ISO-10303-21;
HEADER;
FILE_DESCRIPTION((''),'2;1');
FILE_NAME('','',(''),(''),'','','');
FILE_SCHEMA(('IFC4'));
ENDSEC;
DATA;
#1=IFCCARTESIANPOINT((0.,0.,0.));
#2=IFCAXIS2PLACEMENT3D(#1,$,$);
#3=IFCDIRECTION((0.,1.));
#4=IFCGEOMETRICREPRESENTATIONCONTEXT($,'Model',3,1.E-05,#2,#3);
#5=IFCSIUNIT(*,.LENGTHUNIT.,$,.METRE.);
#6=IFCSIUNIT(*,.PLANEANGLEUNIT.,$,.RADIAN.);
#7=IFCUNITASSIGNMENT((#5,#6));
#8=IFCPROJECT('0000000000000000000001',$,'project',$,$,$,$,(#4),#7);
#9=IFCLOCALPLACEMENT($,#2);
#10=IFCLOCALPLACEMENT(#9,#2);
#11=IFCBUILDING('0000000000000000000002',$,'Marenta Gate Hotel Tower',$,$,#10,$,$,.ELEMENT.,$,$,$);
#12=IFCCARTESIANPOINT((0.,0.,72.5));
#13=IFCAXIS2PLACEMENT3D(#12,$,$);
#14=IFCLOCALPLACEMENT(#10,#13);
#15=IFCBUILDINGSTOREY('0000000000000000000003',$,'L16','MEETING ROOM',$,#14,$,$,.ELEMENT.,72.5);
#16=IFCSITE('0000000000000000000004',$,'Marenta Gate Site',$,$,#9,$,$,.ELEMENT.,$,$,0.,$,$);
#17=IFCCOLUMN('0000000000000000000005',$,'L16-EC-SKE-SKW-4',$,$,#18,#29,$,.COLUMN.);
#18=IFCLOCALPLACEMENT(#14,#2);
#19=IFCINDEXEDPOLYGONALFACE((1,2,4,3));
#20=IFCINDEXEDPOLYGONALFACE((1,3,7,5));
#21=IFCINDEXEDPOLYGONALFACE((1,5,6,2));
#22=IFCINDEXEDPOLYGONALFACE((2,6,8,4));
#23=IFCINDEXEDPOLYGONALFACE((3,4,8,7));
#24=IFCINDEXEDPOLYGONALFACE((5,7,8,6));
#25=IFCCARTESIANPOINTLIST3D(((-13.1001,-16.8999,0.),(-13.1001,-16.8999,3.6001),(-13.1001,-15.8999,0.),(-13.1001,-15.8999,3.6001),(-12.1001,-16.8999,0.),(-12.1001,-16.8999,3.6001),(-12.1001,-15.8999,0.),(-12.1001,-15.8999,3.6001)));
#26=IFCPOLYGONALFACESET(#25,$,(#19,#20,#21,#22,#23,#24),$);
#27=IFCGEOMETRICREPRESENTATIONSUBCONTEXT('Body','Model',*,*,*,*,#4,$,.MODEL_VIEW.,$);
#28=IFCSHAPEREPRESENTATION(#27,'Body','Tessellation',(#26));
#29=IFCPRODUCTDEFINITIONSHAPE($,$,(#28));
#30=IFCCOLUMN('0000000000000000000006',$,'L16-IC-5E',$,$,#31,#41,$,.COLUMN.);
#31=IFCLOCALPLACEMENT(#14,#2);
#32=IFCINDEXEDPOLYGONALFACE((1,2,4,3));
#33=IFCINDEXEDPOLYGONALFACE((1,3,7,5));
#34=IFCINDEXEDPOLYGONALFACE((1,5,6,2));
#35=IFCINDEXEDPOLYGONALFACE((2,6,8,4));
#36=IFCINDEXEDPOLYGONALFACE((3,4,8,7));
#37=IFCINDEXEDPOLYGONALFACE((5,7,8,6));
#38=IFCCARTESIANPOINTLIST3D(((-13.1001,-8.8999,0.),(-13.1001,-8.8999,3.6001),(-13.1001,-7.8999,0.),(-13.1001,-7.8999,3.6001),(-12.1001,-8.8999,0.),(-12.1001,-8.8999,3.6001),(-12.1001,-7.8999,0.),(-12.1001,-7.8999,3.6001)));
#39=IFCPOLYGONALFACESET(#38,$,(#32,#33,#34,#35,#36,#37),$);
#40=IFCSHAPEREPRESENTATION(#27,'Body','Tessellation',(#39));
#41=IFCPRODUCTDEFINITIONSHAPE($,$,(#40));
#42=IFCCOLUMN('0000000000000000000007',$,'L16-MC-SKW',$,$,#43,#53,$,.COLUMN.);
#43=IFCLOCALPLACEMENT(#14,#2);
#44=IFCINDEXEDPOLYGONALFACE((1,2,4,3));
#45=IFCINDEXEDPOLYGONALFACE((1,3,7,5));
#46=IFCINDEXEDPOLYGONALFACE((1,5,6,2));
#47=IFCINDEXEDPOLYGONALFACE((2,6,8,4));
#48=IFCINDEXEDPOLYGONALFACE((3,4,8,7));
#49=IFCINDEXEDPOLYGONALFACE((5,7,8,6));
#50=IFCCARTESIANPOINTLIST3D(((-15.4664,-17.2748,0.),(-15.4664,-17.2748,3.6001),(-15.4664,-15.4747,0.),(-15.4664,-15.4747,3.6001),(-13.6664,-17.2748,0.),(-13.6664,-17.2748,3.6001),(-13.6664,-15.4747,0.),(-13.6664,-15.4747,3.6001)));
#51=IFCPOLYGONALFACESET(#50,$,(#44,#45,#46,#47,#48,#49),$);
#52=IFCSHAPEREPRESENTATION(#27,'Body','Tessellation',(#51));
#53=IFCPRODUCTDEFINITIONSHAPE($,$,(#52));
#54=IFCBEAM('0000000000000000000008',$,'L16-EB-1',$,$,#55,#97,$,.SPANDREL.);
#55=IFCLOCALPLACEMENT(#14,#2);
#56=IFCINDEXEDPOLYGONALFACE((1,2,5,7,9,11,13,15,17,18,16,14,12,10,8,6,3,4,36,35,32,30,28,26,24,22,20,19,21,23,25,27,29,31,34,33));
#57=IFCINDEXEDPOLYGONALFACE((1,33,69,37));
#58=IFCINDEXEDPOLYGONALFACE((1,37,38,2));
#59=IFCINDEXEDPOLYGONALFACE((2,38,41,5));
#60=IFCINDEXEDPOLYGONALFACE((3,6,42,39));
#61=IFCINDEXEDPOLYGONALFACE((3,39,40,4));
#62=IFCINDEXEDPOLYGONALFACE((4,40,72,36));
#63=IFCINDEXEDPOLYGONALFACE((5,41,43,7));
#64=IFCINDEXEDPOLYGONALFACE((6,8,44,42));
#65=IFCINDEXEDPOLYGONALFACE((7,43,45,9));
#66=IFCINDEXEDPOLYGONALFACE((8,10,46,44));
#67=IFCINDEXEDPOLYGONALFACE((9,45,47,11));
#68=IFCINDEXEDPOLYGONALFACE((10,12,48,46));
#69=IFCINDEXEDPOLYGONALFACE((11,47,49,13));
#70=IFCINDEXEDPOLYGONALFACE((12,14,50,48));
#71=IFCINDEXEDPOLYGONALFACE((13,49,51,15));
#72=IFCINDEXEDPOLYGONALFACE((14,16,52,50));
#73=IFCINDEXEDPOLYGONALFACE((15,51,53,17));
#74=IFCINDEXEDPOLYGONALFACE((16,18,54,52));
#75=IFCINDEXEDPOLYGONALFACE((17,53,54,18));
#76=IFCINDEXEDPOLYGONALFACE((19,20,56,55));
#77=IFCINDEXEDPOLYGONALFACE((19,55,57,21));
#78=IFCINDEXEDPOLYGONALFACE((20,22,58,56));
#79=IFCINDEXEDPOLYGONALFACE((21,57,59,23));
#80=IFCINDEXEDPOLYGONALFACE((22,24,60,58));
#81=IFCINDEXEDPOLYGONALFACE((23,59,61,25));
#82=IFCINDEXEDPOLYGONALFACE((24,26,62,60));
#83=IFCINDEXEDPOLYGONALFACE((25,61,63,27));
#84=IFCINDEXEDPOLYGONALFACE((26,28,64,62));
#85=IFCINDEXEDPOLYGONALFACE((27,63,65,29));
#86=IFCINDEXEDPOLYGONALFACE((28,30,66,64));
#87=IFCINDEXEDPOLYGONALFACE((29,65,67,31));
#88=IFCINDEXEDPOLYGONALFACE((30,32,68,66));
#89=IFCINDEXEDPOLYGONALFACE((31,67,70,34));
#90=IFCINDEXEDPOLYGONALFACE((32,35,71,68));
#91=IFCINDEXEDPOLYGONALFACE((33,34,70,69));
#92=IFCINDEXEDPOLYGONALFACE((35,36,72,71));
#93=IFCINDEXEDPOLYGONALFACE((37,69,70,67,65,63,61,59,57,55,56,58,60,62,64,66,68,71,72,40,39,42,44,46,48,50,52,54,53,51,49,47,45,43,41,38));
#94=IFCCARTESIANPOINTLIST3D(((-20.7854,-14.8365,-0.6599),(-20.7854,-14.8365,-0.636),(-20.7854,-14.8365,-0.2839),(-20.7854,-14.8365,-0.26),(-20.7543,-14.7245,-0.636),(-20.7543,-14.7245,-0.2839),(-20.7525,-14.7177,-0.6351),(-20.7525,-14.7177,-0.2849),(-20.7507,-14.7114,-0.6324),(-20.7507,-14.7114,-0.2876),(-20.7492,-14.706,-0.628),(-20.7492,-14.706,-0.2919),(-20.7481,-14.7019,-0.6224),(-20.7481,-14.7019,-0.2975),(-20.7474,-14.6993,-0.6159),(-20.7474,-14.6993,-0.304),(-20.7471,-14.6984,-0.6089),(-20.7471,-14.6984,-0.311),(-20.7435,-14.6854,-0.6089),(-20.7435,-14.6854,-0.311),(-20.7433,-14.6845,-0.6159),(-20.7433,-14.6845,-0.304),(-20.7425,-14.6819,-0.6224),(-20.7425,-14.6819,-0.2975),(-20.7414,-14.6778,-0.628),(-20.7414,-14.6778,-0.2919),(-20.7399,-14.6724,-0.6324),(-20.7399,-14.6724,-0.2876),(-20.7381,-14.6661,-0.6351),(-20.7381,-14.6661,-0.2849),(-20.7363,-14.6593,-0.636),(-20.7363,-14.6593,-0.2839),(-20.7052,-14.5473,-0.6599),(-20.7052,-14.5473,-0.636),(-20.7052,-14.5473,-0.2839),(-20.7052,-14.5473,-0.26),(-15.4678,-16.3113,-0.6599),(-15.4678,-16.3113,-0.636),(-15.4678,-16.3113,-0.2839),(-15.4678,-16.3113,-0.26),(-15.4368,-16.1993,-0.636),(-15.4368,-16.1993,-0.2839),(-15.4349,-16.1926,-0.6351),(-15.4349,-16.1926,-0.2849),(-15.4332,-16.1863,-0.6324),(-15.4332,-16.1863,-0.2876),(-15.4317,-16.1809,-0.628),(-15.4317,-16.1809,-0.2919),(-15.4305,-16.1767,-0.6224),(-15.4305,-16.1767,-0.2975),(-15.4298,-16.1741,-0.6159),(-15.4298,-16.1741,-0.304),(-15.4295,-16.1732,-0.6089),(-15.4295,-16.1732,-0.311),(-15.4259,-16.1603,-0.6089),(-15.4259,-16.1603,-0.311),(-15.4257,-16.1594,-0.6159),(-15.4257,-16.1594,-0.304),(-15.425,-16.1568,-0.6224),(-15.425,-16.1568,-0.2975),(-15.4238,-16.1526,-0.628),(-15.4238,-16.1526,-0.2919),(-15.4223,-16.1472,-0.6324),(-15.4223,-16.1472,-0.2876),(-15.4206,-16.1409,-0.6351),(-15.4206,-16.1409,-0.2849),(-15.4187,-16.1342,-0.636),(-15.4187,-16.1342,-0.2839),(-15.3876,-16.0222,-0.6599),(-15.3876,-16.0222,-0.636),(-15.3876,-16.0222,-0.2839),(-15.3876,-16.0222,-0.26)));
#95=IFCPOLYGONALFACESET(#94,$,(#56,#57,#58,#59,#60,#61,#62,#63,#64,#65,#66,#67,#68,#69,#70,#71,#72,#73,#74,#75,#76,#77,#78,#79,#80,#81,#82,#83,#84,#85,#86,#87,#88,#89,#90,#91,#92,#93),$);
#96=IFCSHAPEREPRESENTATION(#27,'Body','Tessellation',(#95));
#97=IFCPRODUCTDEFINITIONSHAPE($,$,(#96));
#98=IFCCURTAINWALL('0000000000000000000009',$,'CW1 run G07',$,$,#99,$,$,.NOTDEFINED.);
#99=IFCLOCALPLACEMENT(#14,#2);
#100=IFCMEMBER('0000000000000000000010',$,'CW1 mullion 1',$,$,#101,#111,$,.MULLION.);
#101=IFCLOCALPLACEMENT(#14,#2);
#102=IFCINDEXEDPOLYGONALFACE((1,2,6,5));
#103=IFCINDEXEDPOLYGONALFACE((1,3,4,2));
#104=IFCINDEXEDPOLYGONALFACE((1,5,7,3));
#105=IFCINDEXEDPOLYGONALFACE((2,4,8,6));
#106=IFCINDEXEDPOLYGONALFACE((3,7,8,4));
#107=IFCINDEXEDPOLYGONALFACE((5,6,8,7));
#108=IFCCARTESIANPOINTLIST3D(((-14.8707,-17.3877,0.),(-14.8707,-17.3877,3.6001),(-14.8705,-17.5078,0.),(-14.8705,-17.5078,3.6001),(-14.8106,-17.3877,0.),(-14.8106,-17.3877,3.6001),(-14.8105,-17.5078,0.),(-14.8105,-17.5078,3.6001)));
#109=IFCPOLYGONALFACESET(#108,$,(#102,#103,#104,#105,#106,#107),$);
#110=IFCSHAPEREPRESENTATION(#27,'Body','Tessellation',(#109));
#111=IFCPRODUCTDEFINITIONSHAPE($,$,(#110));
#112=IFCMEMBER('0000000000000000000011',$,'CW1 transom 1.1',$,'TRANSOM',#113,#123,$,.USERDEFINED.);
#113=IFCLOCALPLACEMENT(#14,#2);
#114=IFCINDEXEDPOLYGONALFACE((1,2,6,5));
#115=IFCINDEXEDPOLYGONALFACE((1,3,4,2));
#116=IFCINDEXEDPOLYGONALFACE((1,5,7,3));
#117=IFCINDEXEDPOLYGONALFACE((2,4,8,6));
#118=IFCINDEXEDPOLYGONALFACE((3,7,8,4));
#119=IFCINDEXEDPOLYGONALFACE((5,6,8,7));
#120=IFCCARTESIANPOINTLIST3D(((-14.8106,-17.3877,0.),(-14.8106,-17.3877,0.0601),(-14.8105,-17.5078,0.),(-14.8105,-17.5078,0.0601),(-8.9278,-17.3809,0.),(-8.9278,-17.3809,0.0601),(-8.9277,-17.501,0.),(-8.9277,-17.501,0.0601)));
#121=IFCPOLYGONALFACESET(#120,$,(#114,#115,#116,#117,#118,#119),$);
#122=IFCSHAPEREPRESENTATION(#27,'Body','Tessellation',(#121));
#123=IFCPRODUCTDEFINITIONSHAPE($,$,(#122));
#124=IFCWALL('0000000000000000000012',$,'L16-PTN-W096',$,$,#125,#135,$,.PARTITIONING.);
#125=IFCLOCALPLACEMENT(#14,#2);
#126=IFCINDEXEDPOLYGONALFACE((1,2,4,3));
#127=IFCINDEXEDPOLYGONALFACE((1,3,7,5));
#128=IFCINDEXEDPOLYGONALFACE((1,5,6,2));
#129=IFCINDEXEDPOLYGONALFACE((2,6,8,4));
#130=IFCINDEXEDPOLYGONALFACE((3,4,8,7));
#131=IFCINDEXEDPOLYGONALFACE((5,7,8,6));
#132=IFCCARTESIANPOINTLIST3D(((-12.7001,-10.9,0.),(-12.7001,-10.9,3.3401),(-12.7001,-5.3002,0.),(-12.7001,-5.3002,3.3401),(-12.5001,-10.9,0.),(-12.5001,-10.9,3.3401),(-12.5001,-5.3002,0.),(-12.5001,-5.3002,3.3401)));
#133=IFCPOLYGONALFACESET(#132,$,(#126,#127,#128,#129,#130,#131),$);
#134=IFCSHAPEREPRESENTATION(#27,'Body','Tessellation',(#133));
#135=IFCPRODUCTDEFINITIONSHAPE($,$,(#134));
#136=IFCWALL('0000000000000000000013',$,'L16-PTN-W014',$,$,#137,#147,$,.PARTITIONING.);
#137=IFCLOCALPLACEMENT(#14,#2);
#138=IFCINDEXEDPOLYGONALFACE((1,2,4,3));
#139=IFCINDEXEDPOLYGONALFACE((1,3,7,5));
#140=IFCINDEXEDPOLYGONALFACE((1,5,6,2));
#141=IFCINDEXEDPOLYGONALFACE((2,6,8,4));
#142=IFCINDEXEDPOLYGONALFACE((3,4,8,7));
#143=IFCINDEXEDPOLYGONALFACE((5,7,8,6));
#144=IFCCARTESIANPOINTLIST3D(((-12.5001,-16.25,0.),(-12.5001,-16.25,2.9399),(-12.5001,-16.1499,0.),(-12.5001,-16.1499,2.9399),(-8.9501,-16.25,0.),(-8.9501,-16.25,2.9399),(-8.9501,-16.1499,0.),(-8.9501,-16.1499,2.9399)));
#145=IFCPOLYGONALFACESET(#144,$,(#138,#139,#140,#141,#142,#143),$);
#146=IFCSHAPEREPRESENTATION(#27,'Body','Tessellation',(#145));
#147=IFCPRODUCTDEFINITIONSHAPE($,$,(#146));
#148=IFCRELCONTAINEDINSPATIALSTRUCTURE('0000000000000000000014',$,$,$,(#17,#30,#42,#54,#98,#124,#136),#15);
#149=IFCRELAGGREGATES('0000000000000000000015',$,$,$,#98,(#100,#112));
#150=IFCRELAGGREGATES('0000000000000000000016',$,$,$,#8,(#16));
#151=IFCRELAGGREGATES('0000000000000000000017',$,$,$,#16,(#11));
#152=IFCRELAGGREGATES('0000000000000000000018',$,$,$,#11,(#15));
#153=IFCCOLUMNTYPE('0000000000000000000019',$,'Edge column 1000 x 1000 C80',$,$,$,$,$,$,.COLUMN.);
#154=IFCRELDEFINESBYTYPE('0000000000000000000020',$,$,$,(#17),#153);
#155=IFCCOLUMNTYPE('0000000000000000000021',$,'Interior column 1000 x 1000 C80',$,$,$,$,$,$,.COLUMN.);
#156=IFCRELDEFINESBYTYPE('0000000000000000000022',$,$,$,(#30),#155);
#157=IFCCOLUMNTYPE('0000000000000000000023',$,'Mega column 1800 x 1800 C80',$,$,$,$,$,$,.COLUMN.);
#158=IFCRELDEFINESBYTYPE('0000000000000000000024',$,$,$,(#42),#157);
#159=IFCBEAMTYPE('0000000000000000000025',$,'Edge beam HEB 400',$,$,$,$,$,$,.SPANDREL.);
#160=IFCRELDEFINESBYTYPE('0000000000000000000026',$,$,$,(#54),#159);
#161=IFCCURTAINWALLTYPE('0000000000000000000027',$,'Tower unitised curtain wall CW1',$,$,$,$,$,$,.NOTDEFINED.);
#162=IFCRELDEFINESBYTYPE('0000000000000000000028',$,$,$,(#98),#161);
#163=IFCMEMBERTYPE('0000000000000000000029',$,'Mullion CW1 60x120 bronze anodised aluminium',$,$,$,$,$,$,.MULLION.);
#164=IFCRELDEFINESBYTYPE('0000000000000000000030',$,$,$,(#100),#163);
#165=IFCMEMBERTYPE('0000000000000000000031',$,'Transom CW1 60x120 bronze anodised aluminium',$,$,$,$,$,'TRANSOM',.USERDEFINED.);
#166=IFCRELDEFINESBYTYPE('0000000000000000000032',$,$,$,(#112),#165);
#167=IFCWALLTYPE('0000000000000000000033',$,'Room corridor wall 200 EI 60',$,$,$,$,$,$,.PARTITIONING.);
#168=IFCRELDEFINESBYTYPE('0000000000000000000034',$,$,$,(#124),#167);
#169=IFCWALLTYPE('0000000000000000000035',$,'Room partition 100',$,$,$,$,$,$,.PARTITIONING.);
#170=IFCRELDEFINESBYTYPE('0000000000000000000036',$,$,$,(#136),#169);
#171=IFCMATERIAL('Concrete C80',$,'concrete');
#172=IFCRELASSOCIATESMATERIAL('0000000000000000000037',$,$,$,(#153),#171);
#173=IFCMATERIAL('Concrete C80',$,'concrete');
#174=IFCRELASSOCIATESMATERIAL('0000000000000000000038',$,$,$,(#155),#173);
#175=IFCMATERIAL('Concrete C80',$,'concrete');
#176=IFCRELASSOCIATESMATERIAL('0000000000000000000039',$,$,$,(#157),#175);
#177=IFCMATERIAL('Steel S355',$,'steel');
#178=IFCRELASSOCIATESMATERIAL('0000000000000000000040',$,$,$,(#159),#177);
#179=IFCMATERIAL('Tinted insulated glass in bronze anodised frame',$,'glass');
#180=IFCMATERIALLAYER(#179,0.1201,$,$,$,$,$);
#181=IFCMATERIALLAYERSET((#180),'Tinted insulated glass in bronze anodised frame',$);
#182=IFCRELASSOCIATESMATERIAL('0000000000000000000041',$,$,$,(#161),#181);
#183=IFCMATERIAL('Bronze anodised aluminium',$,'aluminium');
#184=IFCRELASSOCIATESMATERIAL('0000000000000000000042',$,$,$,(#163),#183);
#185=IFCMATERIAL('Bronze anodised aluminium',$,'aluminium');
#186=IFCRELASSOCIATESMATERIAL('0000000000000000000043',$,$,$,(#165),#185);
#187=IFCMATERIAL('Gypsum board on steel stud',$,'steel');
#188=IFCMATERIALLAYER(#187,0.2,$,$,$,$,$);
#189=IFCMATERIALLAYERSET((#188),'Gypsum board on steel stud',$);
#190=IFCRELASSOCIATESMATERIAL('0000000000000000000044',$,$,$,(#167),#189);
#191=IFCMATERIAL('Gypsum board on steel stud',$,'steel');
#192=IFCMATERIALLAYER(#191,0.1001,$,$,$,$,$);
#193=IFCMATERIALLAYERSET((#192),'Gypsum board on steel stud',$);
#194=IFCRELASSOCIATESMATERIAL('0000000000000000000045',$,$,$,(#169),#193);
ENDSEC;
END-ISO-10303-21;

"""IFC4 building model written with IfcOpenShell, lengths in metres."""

from ifc_helpers import new_model, si_unit, direction, frame, frame_2d, origin, origin_2d, place, context, subcontext, project, spatial, rectangle, i_section, extrude, material, layer, layer_set, material_profile, profile_set, type_object, element, aggregate, save


model = new_model("IFC4")

# Units and contexts
model_context = context("Model", 3, precision=1e-05, world=origin(), true_north=direction((0.0, 1.0)))
body_context = subcontext(model_context, "Body", "Model", "MODEL_VIEW")
ifc_project = project(units=[si_unit("LENGTHUNIT", "METRE"), si_unit("PLANEANGLEUNIT", "RADIAN")], contexts=[model_context])

# Site, building, storey
site_placement = place(None, origin())
site = spatial("IfcSite", under=ifc_project, at=site_placement, Name="Marenta Gate Site", CompositionType="ELEMENT", RefElevation=0.0)
building_placement = place(site_placement, origin())
building = spatial("IfcBuilding", under=site, at=building_placement, Name="Marenta Gate Hotel Tower", CompositionType="ELEMENT")
storey_placement = place(building_placement, frame((0.0, 0.0, 72.5)))
storey = spatial("IfcBuildingStorey", under=building, at=storey_placement, Name="L16", Description="MEETING ROOM", CompositionType="ELEMENT", Elevation=72.5)

# Columns
ifc_material_1 = material(Name="Concrete C80", Category="concrete")
ifc_material_profile_1 = material_profile(ifc_material_1, rectangle(XDim=1.0, YDim=1.0, at=origin_2d()), Name="1000 x 1000")
ifc_profile_set_1 = profile_set([ifc_material_profile_1], Name="Concrete C80")
column_type_1 = type_object("IfcColumnType", Name="Edge column 1000 x 1000 C80", PredefinedType="COLUMN", material=ifc_profile_set_1)
column_1_placement = place(storey_placement, frame((-12.6001, -16.3999, 0.0), z_axis=(0.0, 0.0, 1.0), x_axis=(1.0, 0.0, 0.0)))
element("IfcColumn", 1, at=column_1_placement, inside=storey, type_object=column_type_1, Name="L16-EC-SKE-SKW-4", PredefinedType="COLUMN", context=body_context, shape_type="SweptSolid", body=[
    extrude(rectangle(XDim=1.0, YDim=1.0, at=origin_2d()), origin(), (0.0, 0.0, 1.0), 3.6001),
])
ifc_material_2 = material(Name="Concrete C80", Category="concrete")
ifc_material_profile_2 = material_profile(ifc_material_2, rectangle(XDim=1.0, YDim=1.0, at=origin_2d()), Name="1000 x 1000")
ifc_profile_set_2 = profile_set([ifc_material_profile_2], Name="Concrete C80")
column_type_2 = type_object("IfcColumnType", Name="Interior column 1000 x 1000 C80", PredefinedType="COLUMN", material=ifc_profile_set_2)
column_2_placement = place(storey_placement, frame((-12.6001, -8.3999, 0.0), z_axis=(0.0, 0.0, 1.0), x_axis=(1.0, 0.0, 0.0)))
element("IfcColumn", 2, at=column_2_placement, inside=storey, type_object=column_type_2, Name="L16-IC-5E", PredefinedType="COLUMN", context=body_context, shape_type="SweptSolid", body=[
    extrude(rectangle(XDim=1.0, YDim=1.0, at=origin_2d()), origin(), (0.0, 0.0, 1.0), 3.6001),
])
ifc_material_3 = material(Name="Concrete C80", Category="concrete")
ifc_material_profile_3 = material_profile(ifc_material_3, rectangle(XDim=1.8, YDim=1.8, at=origin_2d()), Name="1800 x 1800")
ifc_profile_set_3 = profile_set([ifc_material_profile_3], Name="Concrete C80")
column_type_3 = type_object("IfcColumnType", Name="Mega column 1800 x 1800 C80", PredefinedType="COLUMN", material=ifc_profile_set_3)
column_3_placement = place(storey_placement, frame((-14.5664, -16.3748, 0.0), z_axis=(0.0, 0.0, 1.0), x_axis=(1.0, 0.0, 0.0)))
element("IfcColumn", 3, at=column_3_placement, inside=storey, type_object=column_type_3, Name="L16-MC-SKW", PredefinedType="COLUMN", context=body_context, shape_type="SweptSolid", body=[
    extrude(rectangle(XDim=1.8, YDim=1.8, at=origin_2d()), origin(), (0.0, 0.0, 1.0), 3.6001),
])

# Beam
ifc_material_4 = material(Name="Steel S355", Category="steel")
ifc_material_profile_4 = material_profile(ifc_material_4, i_section(OverallWidth=0.3, OverallDepth=0.3999, WebThickness=0.0134, FlangeThickness=0.0239, FilletRadius=0.0271, at=origin_2d()), Name="HEB 400")
ifc_profile_set_4 = profile_set([ifc_material_profile_4], Name="Steel S355")
beam_type = type_object("IfcBeamType", Name="Edge beam HEB 400", PredefinedType="SPANDREL", material=ifc_profile_set_4)
beam_placement = place(storey_placement, frame((-15.4277, -16.1667, -0.46), z_axis=(-0.963624, 0.267263, 0.0), x_axis=(-0.267263, -0.963624, 0.0)))
element("IfcBeam", 4, at=beam_placement, inside=storey, type_object=beam_type, Name="L16-EB-1", PredefinedType="SPANDREL", context=body_context, shape_type="SweptSolid", body=[
    extrude(i_section(OverallWidth=0.3, OverallDepth=0.3999, WebThickness=0.0134, FlangeThickness=0.0239, FilletRadius=0.0271, at=origin_2d()), origin(), (0.0, 0.0, 1.0), 5.5183),
])

# Curtain wall, members
ifc_material_5 = material(Name="Tinted insulated glass in bronze anodised frame", Category="glass")
ifc_layer_1 = layer(ifc_material_5, 0.1201)
ifc_layer_set_1 = layer_set([ifc_layer_1], Name="Tinted insulated glass in bronze anodised frame")
curtain_wall_type = type_object("IfcCurtainWallType", Name="Tower unitised curtain wall CW1", PredefinedType="NOTDEFINED", material=ifc_layer_set_1)
curtain_wall_placement = place(storey_placement, origin())
curtain_wall = element("IfcCurtainWall", 5, at=curtain_wall_placement, inside=storey, type_object=curtain_wall_type, Name="CW1 run G07", PredefinedType="NOTDEFINED")
ifc_material_6 = material(Name="Bronze anodised aluminium", Category="aluminium")
ifc_material_profile_5 = material_profile(ifc_material_6, rectangle(XDim=0.1201, YDim=0.0601, at=origin_2d()), Name="Mullion CW1 60x120 bronze anodised aluminium")
ifc_profile_set_5 = profile_set([ifc_material_profile_5], Name="Bronze anodised aluminium")
member_type_1 = type_object("IfcMemberType", Name="Mullion CW1 60x120 bronze anodised aluminium", PredefinedType="MULLION", material=ifc_profile_set_5)
member_1_placement = place(storey_placement, frame((-14.8406, -17.4478, 0.0), z_axis=(0.0, 0.0, 1.0), x_axis=(-0.001162, 0.999999, 0.0)))
member_1 = element("IfcMember", 6, at=member_1_placement, type_object=member_type_1, Name="CW1 mullion 1", PredefinedType="MULLION", context=body_context, shape_type="SweptSolid", body=[
    extrude(rectangle(XDim=0.1201, YDim=0.0601, at=origin_2d()), origin(), (0.0, 0.0, 1.0), 3.6001),
])
ifc_material_7 = material(Name="Bronze anodised aluminium", Category="aluminium")
ifc_material_profile_6 = material_profile(ifc_material_7, rectangle(XDim=0.1201, YDim=0.0601, at=origin_2d()), Name="Transom CW1 60x120 bronze anodised aluminium")
ifc_profile_set_6 = profile_set([ifc_material_profile_6], Name="Bronze anodised aluminium")
member_type_2 = type_object("IfcMemberType", Name="Transom CW1 60x120 bronze anodised aluminium", ElementType="TRANSOM", PredefinedType="USERDEFINED", material=ifc_profile_set_6)
member_2_placement = place(storey_placement, frame((-14.8105, -17.4478, 0.03), z_axis=(0.999999, 0.001162, 0.0), x_axis=(-0.001162, 0.999999, 0.0)))
member_2 = element("IfcMember", 7, at=member_2_placement, type_object=member_type_2, Name="CW1 transom 1.1", ObjectType="TRANSOM", PredefinedType="USERDEFINED", context=body_context, shape_type="SweptSolid", body=[
    extrude(rectangle(XDim=0.1201, YDim=0.0601, at=origin_2d()), origin(), (0.0, 0.0, 1.0), 5.8828),
])
aggregate(curtain_wall, [member_1, member_2])

# Walls
ifc_material_8 = material(Name="Gypsum board on steel stud", Category="steel")
ifc_layer_2 = layer(ifc_material_8, 0.2)
ifc_layer_set_2 = layer_set([ifc_layer_2], Name="Gypsum board on steel stud")
wall_type_1 = type_object("IfcWallType", Name="Room corridor wall 200 EI 60", PredefinedType="PARTITIONING", material=ifc_layer_set_2)
wall_1_placement = place(storey_placement, frame((-12.6001, -10.8999, 0.0), z_axis=(0.0, 0.0, 1.0), x_axis=(0.0, 1.0, 0.0)))
element("IfcWall", 8, at=wall_1_placement, inside=storey, type_object=wall_type_1, Name="L16-PTN-W096", PredefinedType="PARTITIONING", context=body_context, shape_type="SweptSolid", body=[
    extrude(rectangle(XDim=5.5999, YDim=0.2, at=frame_2d((2.7998, 0.0))), origin(), (0.0, 0.0, 1.0), 3.3401),
])
ifc_material_9 = material(Name="Gypsum board on steel stud", Category="steel")
ifc_layer_3 = layer(ifc_material_9, 0.1001)
ifc_layer_set_3 = layer_set([ifc_layer_3], Name="Gypsum board on steel stud")
wall_type_2 = type_object("IfcWallType", Name="Room partition 100", PredefinedType="PARTITIONING", material=ifc_layer_set_3)
wall_2_placement = place(storey_placement, frame((-12.5, -16.2, 0.0), z_axis=(0.0, 0.0, 1.0), x_axis=(1.0, 0.0, 0.0)))
element("IfcWall", 9, at=wall_2_placement, inside=storey, type_object=wall_type_2, Name="L16-PTN-W014", PredefinedType="PARTITIONING", context=body_context, shape_type="SweptSolid", body=[
    extrude(rectangle(XDim=3.55, YDim=0.1001, at=frame_2d((1.7749, 0.0))), origin(), (0.0, 0.0, 1.0), 2.9399),
])

save(model, "model.ifc")
